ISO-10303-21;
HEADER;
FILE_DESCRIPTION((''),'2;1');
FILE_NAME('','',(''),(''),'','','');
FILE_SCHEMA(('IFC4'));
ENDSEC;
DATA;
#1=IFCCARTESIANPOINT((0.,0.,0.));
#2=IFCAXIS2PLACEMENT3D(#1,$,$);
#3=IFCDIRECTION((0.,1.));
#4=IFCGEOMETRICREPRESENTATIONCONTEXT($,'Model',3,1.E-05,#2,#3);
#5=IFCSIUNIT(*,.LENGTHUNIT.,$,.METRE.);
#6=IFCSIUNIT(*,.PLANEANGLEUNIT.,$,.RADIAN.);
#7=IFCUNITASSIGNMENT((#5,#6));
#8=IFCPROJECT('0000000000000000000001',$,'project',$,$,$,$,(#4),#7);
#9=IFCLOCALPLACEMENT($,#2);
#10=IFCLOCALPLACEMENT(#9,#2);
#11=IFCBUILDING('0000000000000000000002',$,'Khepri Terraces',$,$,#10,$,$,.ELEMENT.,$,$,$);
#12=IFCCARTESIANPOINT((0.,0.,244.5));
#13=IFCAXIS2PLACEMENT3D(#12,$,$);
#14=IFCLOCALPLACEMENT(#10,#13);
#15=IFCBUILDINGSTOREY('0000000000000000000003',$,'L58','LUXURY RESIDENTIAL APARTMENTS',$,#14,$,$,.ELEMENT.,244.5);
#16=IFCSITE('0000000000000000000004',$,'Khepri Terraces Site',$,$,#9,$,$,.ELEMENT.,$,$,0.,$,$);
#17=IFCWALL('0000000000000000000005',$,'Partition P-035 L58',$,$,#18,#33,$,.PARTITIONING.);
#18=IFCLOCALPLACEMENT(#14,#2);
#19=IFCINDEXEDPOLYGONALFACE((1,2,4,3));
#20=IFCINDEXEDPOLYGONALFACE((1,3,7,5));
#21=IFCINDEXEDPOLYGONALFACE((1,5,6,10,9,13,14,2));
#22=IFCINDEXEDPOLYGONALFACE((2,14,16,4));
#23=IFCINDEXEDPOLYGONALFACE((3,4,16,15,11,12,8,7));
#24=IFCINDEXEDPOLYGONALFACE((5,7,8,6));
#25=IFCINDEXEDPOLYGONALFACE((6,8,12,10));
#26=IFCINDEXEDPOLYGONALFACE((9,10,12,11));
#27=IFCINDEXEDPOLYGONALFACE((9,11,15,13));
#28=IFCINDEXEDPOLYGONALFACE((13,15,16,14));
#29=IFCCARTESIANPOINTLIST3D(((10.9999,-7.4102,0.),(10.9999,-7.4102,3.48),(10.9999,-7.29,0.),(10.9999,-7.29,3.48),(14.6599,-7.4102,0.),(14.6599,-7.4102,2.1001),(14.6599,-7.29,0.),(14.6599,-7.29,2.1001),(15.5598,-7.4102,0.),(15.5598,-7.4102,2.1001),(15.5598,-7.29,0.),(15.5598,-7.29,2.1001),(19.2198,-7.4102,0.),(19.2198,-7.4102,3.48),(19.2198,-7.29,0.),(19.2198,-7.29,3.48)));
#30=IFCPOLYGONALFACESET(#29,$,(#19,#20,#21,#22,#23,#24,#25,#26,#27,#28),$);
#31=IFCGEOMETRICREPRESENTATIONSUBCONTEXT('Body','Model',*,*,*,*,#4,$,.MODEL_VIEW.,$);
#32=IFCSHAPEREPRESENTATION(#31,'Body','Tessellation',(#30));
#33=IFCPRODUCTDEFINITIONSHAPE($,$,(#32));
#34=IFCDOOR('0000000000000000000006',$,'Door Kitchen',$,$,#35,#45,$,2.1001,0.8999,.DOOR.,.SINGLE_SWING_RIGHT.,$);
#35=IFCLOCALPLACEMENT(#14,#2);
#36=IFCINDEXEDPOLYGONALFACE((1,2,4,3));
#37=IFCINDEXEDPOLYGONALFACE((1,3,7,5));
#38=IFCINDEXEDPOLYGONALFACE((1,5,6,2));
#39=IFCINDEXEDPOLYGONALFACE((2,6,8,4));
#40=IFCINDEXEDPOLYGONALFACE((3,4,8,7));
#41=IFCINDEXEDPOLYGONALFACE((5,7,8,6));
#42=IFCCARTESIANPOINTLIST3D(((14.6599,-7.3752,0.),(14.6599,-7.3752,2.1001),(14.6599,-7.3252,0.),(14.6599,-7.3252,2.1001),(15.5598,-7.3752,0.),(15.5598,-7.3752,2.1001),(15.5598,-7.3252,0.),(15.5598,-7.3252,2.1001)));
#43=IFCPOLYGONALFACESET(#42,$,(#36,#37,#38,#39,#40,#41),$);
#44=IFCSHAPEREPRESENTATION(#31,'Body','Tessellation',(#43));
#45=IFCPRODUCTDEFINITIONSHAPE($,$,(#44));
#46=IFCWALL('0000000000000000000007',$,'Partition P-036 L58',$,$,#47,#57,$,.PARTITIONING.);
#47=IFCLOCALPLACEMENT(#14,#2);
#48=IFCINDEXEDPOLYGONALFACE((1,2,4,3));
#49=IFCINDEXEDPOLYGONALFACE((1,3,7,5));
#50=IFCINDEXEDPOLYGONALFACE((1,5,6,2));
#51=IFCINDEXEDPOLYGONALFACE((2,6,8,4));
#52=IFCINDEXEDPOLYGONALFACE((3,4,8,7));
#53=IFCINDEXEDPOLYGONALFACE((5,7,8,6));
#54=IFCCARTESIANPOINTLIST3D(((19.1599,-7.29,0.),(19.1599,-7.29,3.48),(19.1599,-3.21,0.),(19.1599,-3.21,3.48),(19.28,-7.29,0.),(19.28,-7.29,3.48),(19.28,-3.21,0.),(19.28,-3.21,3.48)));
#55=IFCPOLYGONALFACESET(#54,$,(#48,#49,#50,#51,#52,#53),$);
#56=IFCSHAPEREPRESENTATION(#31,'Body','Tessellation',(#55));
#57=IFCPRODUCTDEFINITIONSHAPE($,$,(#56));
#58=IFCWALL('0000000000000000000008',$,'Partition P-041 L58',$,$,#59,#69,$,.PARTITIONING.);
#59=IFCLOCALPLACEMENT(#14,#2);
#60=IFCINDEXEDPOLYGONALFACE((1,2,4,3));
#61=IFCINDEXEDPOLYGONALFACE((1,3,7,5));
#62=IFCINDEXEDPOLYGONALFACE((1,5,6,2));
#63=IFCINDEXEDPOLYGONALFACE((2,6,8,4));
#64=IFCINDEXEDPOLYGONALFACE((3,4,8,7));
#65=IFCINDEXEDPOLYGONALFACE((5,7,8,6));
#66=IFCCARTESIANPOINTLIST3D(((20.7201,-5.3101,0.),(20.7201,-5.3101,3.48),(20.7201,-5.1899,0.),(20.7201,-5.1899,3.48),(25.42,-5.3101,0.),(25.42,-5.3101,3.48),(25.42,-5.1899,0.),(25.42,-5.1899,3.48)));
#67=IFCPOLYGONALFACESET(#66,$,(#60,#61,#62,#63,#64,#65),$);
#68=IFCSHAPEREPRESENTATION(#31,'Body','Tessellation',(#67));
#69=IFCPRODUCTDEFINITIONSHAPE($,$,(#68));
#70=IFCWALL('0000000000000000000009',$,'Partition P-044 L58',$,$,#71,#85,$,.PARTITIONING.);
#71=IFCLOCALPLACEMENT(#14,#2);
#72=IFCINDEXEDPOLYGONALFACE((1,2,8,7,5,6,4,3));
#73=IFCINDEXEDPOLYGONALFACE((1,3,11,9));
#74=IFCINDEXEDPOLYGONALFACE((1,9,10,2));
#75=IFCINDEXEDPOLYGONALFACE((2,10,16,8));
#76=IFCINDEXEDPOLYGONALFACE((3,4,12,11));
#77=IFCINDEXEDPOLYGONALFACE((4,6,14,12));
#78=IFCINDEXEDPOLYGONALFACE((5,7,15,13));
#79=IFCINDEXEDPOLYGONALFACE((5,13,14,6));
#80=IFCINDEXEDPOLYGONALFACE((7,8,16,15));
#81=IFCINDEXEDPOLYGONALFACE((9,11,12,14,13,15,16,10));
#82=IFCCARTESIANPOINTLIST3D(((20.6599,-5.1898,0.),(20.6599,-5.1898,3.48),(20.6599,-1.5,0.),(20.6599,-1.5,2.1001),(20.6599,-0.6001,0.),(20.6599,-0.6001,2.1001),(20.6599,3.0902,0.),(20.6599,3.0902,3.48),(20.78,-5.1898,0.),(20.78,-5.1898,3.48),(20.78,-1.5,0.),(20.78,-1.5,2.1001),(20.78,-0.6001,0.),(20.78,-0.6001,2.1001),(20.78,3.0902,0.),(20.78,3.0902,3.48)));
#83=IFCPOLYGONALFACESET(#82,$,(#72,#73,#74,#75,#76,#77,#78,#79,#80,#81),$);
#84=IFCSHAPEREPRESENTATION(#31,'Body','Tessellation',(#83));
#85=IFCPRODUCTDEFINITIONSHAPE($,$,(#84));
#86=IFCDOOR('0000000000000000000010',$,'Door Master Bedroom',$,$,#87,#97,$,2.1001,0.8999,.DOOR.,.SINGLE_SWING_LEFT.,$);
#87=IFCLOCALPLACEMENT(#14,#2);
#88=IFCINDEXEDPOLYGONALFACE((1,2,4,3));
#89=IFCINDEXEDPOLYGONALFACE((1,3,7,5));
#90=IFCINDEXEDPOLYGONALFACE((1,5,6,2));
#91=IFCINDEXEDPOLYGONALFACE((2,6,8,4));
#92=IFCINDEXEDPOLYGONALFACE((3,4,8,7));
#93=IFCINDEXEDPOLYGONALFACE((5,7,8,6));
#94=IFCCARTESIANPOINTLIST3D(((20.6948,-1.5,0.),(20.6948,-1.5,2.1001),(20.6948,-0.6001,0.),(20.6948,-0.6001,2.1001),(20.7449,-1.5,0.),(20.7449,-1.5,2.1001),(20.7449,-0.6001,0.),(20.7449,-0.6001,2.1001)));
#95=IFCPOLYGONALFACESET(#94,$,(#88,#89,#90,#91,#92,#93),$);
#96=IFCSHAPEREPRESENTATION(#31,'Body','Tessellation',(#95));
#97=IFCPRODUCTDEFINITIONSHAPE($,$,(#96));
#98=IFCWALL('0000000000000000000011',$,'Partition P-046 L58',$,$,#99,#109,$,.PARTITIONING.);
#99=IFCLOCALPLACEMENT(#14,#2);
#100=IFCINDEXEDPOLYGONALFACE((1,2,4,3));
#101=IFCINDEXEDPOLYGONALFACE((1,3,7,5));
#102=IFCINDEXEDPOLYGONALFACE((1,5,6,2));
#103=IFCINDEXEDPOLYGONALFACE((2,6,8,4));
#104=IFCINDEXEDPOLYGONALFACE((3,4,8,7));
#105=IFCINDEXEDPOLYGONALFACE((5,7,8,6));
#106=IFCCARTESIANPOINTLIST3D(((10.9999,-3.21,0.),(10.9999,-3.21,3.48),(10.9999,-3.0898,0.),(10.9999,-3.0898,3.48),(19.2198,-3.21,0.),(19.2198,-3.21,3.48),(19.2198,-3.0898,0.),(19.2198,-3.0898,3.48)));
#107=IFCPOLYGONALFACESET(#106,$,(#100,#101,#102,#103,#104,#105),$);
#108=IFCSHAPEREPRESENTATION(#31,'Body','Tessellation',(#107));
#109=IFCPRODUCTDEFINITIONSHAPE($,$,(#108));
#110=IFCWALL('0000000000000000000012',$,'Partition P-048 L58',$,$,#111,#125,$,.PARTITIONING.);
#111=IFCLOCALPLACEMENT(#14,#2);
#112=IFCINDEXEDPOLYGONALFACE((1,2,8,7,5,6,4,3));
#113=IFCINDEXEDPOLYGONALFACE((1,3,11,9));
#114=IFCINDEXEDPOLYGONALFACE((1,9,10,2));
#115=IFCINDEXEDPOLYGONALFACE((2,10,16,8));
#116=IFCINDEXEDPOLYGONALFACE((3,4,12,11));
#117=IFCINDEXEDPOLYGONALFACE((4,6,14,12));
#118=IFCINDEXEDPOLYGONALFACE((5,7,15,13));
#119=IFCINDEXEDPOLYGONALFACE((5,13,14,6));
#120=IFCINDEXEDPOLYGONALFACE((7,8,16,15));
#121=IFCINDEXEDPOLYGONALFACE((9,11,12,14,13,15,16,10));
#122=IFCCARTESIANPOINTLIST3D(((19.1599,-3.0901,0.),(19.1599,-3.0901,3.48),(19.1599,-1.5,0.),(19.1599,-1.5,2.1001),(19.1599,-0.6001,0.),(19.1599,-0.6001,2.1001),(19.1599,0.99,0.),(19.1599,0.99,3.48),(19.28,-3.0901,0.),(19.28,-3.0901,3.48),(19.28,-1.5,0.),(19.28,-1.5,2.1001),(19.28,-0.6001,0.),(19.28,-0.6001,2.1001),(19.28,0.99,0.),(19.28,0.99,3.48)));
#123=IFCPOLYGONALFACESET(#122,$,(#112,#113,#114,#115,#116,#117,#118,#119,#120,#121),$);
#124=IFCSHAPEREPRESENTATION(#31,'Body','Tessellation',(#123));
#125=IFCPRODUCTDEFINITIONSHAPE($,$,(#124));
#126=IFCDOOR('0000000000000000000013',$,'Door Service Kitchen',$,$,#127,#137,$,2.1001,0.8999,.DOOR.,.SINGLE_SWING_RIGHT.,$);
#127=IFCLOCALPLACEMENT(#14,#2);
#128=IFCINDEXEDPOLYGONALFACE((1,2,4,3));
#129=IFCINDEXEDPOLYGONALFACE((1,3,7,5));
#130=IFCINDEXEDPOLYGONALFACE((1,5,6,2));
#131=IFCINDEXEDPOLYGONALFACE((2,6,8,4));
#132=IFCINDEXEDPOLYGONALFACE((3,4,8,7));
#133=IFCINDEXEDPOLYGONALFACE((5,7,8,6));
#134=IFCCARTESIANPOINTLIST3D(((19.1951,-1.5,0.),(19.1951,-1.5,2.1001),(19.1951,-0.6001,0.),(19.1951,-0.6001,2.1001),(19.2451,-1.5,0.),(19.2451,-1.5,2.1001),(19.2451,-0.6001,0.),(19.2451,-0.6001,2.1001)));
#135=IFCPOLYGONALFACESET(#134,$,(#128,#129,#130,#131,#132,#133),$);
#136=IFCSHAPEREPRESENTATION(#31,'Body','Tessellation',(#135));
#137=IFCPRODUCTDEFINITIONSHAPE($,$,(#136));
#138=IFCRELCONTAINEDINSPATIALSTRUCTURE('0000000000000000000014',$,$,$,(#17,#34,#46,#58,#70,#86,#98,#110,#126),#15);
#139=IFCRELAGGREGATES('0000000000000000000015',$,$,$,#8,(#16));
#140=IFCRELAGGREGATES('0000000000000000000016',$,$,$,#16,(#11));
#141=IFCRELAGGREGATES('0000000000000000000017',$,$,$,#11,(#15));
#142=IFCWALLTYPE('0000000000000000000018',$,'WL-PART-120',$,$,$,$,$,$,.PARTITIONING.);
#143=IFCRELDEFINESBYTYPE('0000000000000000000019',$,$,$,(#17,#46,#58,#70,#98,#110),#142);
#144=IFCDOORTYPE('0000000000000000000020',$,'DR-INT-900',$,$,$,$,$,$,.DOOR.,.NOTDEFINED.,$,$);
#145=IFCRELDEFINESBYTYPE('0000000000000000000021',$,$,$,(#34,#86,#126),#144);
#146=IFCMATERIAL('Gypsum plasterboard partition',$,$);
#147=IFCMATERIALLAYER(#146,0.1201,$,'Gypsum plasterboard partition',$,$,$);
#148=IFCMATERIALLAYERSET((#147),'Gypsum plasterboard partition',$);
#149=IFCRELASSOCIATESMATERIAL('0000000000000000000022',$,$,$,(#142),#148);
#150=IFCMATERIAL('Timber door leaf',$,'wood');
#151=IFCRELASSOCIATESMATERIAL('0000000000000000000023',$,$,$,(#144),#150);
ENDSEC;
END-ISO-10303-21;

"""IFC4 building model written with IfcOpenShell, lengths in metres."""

from ifc_helpers import new_model, si_unit, direction, frame, frame_2d, origin, place, context, subcontext, project, spatial, rectangle, extrude, material, layer, layer_set, type_object, element, fill, save


model = new_model("IFC4")

# Units and contexts
model_context = context("Model", 3, precision=1e-05, world=origin(), true_north=direction((0.0, 1.0)))
body_context = subcontext(model_context, "Body", "Model", "MODEL_VIEW")
ifc_project = project(units=[si_unit("LENGTHUNIT", "METRE"), si_unit("PLANEANGLEUNIT", "RADIAN")], contexts=[model_context])

# Site, building, storey
site_placement = place(None, origin())
site = spatial("IfcSite", under=ifc_project, at=site_placement, Name="Khepri Terraces Site", CompositionType="ELEMENT", RefElevation=0.0)
building_placement = place(site_placement, origin())
building = spatial("IfcBuilding", under=site, at=building_placement, Name="Khepri Terraces", CompositionType="ELEMENT")
storey_placement = place(building_placement, frame((0.0, 0.0, 244.5)))
storey = spatial("IfcBuildingStorey", under=building, at=storey_placement, Name="L58", Description="LUXURY RESIDENTIAL APARTMENTS", CompositionType="ELEMENT", Elevation=244.5)

# Shared definitions
ifc_material_1 = material(Name="Gypsum plasterboard partition")
ifc_layer_1 = layer(ifc_material_1, 0.1201, Name="Gypsum plasterboard partition")
ifc_layer_set_1 = layer_set([ifc_layer_1], Name="Gypsum plasterboard partition")
wall_type_1 = type_object("IfcWallType", Name="WL-PART-120", PredefinedType="PARTITIONING", material=ifc_layer_set_1)
ifc_material_2 = material(Name="Timber door leaf", Category="wood")
door_type_1 = type_object("IfcDoorType", Name="DR-INT-900", OperationType="NOTDEFINED", PredefinedType="DOOR", material=ifc_material_2)

# Wall, opening, door
wall_1_placement = place(storey_placement, frame((11.0, -7.3501, 0.0), z_axis=(0.0, 0.0, 1.0), x_axis=(1.0, 0.0, 0.0)))
wall_1 = element("IfcWall", 1, at=wall_1_placement, inside=storey, type_object=wall_type_1, Name="Partition P-035 L58", PredefinedType="PARTITIONING", context=body_context, shape_type="SweptSolid", body=[
    extrude(rectangle(XDim=8.22, YDim=0.1201, at=frame_2d((4.1099, 0.0))), origin(), (0.0, 0.0, 1.0), 3.48),
])
opening_1_placement = place(wall_1_placement, frame((3.6599, 0.0, 0.0)))
opening_1 = element("IfcOpeningElement", 2, at=opening_1_placement, cuts=wall_1, PredefinedType="OPENING", context=body_context, shape_type="SweptSolid", body=[
    extrude(rectangle(XDim=0.8999, YDim=2.1001, at=frame_2d((0.45, 1.05))), frame((0.0, 0.0701, 0.0), z_axis=(0.0, -1.0, 0.0), x_axis=(1.0, 0.0, 0.0)), (0.0, 0.0, 1.0), 0.1401),
])
door_1_placement = place(opening_1_placement, origin())
door_1 = element("IfcDoor", 3, at=door_1_placement, inside=storey, type_object=door_type_1, Name="Door Kitchen", OperationType="SINGLE_SWING_RIGHT", OverallHeight=2.1001, OverallWidth=0.8999, PredefinedType="DOOR", context=body_context, shape_type="SweptSolid", body=[
    extrude(rectangle(XDim=0.8999, YDim=2.1001, at=frame_2d((0.45, 1.05))), frame((0.0, 0.0249, 0.0), z_axis=(0.0, -1.0, 0.0), x_axis=(1.0, 0.0, 0.0)), (0.0, 0.0, 1.0), 0.05),
])
fill(opening_1, door_1)

# Walls
wall_2_placement = place(storey_placement, frame((19.22, -7.29, 0.0), z_axis=(0.0, 0.0, 1.0), x_axis=(0.0, 1.0, 0.0)))
element("IfcWall", 4, at=wall_2_placement, inside=storey, type_object=wall_type_1, Name="Partition P-036 L58", PredefinedType="PARTITIONING", context=body_context, shape_type="SweptSolid", body=[
    extrude(rectangle(XDim=4.0801, YDim=0.1201, at=frame_2d((2.04, 0.0))), origin(), (0.0, 0.0, 1.0), 3.48),
])
wall_3_placement = place(storey_placement, frame((20.72, -5.25, 0.0), z_axis=(0.0, 0.0, 1.0), x_axis=(1.0, 0.0, 0.0)))
element("IfcWall", 5, at=wall_3_placement, inside=storey, type_object=wall_type_1, Name="Partition P-041 L58", PredefinedType="PARTITIONING", context=body_context, shape_type="SweptSolid", body=[
    extrude(rectangle(XDim=4.7, YDim=0.1201, at=frame_2d((2.3501, 0.0))), origin(), (0.0, 0.0, 1.0), 3.48),
])

# Wall, opening, door
wall_4_placement = place(storey_placement, frame((20.72, -5.1899, 0.0), z_axis=(0.0, 0.0, 1.0), x_axis=(0.0, 1.0, 0.0)))
wall_4 = element("IfcWall", 6, at=wall_4_placement, inside=storey, type_object=wall_type_1, Name="Partition P-044 L58", PredefinedType="PARTITIONING", context=body_context, shape_type="SweptSolid", body=[
    extrude(rectangle(XDim=8.28, YDim=0.1201, at=frame_2d((4.1401, 0.0))), origin(), (0.0, 0.0, 1.0), 3.48),
])
opening_2_placement = place(wall_4_placement, frame((3.6899, 0.0, 0.0)))
opening_2 = element("IfcOpeningElement", 7, at=opening_2_placement, cuts=wall_4, PredefinedType="OPENING", context=body_context, shape_type="SweptSolid", body=[
    extrude(rectangle(XDim=0.8999, YDim=2.1001, at=frame_2d((0.45, 1.05))), frame((0.0, 0.0701, 0.0), z_axis=(0.0, -1.0, 0.0), x_axis=(1.0, 0.0, 0.0)), (0.0, 0.0, 1.0), 0.1401),
])
door_2_placement = place(opening_2_placement, frame((0.8999, 0.0, 0.0), z_axis=(0.0, 0.0, 1.0), x_axis=(-1.0, 0.0, 0.0)))
door_2 = element("IfcDoor", 8, at=door_2_placement, inside=storey, type_object=door_type_1, Name="Door Master Bedroom", OperationType="SINGLE_SWING_LEFT", OverallHeight=2.1001, OverallWidth=0.8999, PredefinedType="DOOR", context=body_context, shape_type="SweptSolid", body=[
    extrude(rectangle(XDim=0.8999, YDim=2.1001, at=frame_2d((0.45, 1.05))), frame((0.0, 0.0249, 0.0), z_axis=(0.0, -1.0, 0.0), x_axis=(1.0, 0.0, 0.0)), (0.0, 0.0, 1.0), 0.05),
])
fill(opening_2, door_2)

# Wall
wall_5_placement = place(storey_placement, frame((11.0, -3.1499, 0.0), z_axis=(0.0, 0.0, 1.0), x_axis=(1.0, 0.0, 0.0)))
element("IfcWall", 9, at=wall_5_placement, inside=storey, type_object=wall_type_1, Name="Partition P-046 L58", PredefinedType="PARTITIONING", context=body_context, shape_type="SweptSolid", body=[
    extrude(rectangle(XDim=8.22, YDim=0.1201, at=frame_2d((4.1099, 0.0))), origin(), (0.0, 0.0, 1.0), 3.48),
])

# Wall, opening, door
wall_6_placement = place(storey_placement, frame((19.22, -3.0901, 0.0), z_axis=(0.0, 0.0, 1.0), x_axis=(0.0, 1.0, 0.0)))
wall_6 = element("IfcWall", 10, at=wall_6_placement, inside=storey, type_object=wall_type_1, Name="Partition P-048 L58", PredefinedType="PARTITIONING", context=body_context, shape_type="SweptSolid", body=[
    extrude(rectangle(XDim=4.0801, YDim=0.1201, at=frame_2d((2.04, 0.0))), origin(), (0.0, 0.0, 1.0), 3.48),
])
opening_3_placement = place(wall_6_placement, frame((1.5901, 0.0, 0.0)))
opening_3 = element("IfcOpeningElement", 11, at=opening_3_placement, cuts=wall_6, PredefinedType="OPENING", context=body_context, shape_type="SweptSolid", body=[
    extrude(rectangle(XDim=0.8999, YDim=2.1001, at=frame_2d((0.45, 1.05))), frame((0.0, 0.0701, 0.0), z_axis=(0.0, -1.0, 0.0), x_axis=(1.0, 0.0, 0.0)), (0.0, 0.0, 1.0), 0.1401),
])
door_3_placement = place(opening_3_placement, origin())
door_3 = element("IfcDoor", 12, at=door_3_placement, inside=storey, type_object=door_type_1, Name="Door Service Kitchen", OperationType="SINGLE_SWING_RIGHT", OverallHeight=2.1001, OverallWidth=0.8999, PredefinedType="DOOR", context=body_context, shape_type="SweptSolid", body=[
    extrude(rectangle(XDim=0.8999, YDim=2.1001, at=frame_2d((0.45, 1.05))), frame((0.0, 0.0249, 0.0), z_axis=(0.0, -1.0, 0.0), x_axis=(1.0, 0.0, 0.0)), (0.0, 0.0, 1.0), 0.05),
])
fill(opening_3, door_3)

save(model, "model.ifc")
